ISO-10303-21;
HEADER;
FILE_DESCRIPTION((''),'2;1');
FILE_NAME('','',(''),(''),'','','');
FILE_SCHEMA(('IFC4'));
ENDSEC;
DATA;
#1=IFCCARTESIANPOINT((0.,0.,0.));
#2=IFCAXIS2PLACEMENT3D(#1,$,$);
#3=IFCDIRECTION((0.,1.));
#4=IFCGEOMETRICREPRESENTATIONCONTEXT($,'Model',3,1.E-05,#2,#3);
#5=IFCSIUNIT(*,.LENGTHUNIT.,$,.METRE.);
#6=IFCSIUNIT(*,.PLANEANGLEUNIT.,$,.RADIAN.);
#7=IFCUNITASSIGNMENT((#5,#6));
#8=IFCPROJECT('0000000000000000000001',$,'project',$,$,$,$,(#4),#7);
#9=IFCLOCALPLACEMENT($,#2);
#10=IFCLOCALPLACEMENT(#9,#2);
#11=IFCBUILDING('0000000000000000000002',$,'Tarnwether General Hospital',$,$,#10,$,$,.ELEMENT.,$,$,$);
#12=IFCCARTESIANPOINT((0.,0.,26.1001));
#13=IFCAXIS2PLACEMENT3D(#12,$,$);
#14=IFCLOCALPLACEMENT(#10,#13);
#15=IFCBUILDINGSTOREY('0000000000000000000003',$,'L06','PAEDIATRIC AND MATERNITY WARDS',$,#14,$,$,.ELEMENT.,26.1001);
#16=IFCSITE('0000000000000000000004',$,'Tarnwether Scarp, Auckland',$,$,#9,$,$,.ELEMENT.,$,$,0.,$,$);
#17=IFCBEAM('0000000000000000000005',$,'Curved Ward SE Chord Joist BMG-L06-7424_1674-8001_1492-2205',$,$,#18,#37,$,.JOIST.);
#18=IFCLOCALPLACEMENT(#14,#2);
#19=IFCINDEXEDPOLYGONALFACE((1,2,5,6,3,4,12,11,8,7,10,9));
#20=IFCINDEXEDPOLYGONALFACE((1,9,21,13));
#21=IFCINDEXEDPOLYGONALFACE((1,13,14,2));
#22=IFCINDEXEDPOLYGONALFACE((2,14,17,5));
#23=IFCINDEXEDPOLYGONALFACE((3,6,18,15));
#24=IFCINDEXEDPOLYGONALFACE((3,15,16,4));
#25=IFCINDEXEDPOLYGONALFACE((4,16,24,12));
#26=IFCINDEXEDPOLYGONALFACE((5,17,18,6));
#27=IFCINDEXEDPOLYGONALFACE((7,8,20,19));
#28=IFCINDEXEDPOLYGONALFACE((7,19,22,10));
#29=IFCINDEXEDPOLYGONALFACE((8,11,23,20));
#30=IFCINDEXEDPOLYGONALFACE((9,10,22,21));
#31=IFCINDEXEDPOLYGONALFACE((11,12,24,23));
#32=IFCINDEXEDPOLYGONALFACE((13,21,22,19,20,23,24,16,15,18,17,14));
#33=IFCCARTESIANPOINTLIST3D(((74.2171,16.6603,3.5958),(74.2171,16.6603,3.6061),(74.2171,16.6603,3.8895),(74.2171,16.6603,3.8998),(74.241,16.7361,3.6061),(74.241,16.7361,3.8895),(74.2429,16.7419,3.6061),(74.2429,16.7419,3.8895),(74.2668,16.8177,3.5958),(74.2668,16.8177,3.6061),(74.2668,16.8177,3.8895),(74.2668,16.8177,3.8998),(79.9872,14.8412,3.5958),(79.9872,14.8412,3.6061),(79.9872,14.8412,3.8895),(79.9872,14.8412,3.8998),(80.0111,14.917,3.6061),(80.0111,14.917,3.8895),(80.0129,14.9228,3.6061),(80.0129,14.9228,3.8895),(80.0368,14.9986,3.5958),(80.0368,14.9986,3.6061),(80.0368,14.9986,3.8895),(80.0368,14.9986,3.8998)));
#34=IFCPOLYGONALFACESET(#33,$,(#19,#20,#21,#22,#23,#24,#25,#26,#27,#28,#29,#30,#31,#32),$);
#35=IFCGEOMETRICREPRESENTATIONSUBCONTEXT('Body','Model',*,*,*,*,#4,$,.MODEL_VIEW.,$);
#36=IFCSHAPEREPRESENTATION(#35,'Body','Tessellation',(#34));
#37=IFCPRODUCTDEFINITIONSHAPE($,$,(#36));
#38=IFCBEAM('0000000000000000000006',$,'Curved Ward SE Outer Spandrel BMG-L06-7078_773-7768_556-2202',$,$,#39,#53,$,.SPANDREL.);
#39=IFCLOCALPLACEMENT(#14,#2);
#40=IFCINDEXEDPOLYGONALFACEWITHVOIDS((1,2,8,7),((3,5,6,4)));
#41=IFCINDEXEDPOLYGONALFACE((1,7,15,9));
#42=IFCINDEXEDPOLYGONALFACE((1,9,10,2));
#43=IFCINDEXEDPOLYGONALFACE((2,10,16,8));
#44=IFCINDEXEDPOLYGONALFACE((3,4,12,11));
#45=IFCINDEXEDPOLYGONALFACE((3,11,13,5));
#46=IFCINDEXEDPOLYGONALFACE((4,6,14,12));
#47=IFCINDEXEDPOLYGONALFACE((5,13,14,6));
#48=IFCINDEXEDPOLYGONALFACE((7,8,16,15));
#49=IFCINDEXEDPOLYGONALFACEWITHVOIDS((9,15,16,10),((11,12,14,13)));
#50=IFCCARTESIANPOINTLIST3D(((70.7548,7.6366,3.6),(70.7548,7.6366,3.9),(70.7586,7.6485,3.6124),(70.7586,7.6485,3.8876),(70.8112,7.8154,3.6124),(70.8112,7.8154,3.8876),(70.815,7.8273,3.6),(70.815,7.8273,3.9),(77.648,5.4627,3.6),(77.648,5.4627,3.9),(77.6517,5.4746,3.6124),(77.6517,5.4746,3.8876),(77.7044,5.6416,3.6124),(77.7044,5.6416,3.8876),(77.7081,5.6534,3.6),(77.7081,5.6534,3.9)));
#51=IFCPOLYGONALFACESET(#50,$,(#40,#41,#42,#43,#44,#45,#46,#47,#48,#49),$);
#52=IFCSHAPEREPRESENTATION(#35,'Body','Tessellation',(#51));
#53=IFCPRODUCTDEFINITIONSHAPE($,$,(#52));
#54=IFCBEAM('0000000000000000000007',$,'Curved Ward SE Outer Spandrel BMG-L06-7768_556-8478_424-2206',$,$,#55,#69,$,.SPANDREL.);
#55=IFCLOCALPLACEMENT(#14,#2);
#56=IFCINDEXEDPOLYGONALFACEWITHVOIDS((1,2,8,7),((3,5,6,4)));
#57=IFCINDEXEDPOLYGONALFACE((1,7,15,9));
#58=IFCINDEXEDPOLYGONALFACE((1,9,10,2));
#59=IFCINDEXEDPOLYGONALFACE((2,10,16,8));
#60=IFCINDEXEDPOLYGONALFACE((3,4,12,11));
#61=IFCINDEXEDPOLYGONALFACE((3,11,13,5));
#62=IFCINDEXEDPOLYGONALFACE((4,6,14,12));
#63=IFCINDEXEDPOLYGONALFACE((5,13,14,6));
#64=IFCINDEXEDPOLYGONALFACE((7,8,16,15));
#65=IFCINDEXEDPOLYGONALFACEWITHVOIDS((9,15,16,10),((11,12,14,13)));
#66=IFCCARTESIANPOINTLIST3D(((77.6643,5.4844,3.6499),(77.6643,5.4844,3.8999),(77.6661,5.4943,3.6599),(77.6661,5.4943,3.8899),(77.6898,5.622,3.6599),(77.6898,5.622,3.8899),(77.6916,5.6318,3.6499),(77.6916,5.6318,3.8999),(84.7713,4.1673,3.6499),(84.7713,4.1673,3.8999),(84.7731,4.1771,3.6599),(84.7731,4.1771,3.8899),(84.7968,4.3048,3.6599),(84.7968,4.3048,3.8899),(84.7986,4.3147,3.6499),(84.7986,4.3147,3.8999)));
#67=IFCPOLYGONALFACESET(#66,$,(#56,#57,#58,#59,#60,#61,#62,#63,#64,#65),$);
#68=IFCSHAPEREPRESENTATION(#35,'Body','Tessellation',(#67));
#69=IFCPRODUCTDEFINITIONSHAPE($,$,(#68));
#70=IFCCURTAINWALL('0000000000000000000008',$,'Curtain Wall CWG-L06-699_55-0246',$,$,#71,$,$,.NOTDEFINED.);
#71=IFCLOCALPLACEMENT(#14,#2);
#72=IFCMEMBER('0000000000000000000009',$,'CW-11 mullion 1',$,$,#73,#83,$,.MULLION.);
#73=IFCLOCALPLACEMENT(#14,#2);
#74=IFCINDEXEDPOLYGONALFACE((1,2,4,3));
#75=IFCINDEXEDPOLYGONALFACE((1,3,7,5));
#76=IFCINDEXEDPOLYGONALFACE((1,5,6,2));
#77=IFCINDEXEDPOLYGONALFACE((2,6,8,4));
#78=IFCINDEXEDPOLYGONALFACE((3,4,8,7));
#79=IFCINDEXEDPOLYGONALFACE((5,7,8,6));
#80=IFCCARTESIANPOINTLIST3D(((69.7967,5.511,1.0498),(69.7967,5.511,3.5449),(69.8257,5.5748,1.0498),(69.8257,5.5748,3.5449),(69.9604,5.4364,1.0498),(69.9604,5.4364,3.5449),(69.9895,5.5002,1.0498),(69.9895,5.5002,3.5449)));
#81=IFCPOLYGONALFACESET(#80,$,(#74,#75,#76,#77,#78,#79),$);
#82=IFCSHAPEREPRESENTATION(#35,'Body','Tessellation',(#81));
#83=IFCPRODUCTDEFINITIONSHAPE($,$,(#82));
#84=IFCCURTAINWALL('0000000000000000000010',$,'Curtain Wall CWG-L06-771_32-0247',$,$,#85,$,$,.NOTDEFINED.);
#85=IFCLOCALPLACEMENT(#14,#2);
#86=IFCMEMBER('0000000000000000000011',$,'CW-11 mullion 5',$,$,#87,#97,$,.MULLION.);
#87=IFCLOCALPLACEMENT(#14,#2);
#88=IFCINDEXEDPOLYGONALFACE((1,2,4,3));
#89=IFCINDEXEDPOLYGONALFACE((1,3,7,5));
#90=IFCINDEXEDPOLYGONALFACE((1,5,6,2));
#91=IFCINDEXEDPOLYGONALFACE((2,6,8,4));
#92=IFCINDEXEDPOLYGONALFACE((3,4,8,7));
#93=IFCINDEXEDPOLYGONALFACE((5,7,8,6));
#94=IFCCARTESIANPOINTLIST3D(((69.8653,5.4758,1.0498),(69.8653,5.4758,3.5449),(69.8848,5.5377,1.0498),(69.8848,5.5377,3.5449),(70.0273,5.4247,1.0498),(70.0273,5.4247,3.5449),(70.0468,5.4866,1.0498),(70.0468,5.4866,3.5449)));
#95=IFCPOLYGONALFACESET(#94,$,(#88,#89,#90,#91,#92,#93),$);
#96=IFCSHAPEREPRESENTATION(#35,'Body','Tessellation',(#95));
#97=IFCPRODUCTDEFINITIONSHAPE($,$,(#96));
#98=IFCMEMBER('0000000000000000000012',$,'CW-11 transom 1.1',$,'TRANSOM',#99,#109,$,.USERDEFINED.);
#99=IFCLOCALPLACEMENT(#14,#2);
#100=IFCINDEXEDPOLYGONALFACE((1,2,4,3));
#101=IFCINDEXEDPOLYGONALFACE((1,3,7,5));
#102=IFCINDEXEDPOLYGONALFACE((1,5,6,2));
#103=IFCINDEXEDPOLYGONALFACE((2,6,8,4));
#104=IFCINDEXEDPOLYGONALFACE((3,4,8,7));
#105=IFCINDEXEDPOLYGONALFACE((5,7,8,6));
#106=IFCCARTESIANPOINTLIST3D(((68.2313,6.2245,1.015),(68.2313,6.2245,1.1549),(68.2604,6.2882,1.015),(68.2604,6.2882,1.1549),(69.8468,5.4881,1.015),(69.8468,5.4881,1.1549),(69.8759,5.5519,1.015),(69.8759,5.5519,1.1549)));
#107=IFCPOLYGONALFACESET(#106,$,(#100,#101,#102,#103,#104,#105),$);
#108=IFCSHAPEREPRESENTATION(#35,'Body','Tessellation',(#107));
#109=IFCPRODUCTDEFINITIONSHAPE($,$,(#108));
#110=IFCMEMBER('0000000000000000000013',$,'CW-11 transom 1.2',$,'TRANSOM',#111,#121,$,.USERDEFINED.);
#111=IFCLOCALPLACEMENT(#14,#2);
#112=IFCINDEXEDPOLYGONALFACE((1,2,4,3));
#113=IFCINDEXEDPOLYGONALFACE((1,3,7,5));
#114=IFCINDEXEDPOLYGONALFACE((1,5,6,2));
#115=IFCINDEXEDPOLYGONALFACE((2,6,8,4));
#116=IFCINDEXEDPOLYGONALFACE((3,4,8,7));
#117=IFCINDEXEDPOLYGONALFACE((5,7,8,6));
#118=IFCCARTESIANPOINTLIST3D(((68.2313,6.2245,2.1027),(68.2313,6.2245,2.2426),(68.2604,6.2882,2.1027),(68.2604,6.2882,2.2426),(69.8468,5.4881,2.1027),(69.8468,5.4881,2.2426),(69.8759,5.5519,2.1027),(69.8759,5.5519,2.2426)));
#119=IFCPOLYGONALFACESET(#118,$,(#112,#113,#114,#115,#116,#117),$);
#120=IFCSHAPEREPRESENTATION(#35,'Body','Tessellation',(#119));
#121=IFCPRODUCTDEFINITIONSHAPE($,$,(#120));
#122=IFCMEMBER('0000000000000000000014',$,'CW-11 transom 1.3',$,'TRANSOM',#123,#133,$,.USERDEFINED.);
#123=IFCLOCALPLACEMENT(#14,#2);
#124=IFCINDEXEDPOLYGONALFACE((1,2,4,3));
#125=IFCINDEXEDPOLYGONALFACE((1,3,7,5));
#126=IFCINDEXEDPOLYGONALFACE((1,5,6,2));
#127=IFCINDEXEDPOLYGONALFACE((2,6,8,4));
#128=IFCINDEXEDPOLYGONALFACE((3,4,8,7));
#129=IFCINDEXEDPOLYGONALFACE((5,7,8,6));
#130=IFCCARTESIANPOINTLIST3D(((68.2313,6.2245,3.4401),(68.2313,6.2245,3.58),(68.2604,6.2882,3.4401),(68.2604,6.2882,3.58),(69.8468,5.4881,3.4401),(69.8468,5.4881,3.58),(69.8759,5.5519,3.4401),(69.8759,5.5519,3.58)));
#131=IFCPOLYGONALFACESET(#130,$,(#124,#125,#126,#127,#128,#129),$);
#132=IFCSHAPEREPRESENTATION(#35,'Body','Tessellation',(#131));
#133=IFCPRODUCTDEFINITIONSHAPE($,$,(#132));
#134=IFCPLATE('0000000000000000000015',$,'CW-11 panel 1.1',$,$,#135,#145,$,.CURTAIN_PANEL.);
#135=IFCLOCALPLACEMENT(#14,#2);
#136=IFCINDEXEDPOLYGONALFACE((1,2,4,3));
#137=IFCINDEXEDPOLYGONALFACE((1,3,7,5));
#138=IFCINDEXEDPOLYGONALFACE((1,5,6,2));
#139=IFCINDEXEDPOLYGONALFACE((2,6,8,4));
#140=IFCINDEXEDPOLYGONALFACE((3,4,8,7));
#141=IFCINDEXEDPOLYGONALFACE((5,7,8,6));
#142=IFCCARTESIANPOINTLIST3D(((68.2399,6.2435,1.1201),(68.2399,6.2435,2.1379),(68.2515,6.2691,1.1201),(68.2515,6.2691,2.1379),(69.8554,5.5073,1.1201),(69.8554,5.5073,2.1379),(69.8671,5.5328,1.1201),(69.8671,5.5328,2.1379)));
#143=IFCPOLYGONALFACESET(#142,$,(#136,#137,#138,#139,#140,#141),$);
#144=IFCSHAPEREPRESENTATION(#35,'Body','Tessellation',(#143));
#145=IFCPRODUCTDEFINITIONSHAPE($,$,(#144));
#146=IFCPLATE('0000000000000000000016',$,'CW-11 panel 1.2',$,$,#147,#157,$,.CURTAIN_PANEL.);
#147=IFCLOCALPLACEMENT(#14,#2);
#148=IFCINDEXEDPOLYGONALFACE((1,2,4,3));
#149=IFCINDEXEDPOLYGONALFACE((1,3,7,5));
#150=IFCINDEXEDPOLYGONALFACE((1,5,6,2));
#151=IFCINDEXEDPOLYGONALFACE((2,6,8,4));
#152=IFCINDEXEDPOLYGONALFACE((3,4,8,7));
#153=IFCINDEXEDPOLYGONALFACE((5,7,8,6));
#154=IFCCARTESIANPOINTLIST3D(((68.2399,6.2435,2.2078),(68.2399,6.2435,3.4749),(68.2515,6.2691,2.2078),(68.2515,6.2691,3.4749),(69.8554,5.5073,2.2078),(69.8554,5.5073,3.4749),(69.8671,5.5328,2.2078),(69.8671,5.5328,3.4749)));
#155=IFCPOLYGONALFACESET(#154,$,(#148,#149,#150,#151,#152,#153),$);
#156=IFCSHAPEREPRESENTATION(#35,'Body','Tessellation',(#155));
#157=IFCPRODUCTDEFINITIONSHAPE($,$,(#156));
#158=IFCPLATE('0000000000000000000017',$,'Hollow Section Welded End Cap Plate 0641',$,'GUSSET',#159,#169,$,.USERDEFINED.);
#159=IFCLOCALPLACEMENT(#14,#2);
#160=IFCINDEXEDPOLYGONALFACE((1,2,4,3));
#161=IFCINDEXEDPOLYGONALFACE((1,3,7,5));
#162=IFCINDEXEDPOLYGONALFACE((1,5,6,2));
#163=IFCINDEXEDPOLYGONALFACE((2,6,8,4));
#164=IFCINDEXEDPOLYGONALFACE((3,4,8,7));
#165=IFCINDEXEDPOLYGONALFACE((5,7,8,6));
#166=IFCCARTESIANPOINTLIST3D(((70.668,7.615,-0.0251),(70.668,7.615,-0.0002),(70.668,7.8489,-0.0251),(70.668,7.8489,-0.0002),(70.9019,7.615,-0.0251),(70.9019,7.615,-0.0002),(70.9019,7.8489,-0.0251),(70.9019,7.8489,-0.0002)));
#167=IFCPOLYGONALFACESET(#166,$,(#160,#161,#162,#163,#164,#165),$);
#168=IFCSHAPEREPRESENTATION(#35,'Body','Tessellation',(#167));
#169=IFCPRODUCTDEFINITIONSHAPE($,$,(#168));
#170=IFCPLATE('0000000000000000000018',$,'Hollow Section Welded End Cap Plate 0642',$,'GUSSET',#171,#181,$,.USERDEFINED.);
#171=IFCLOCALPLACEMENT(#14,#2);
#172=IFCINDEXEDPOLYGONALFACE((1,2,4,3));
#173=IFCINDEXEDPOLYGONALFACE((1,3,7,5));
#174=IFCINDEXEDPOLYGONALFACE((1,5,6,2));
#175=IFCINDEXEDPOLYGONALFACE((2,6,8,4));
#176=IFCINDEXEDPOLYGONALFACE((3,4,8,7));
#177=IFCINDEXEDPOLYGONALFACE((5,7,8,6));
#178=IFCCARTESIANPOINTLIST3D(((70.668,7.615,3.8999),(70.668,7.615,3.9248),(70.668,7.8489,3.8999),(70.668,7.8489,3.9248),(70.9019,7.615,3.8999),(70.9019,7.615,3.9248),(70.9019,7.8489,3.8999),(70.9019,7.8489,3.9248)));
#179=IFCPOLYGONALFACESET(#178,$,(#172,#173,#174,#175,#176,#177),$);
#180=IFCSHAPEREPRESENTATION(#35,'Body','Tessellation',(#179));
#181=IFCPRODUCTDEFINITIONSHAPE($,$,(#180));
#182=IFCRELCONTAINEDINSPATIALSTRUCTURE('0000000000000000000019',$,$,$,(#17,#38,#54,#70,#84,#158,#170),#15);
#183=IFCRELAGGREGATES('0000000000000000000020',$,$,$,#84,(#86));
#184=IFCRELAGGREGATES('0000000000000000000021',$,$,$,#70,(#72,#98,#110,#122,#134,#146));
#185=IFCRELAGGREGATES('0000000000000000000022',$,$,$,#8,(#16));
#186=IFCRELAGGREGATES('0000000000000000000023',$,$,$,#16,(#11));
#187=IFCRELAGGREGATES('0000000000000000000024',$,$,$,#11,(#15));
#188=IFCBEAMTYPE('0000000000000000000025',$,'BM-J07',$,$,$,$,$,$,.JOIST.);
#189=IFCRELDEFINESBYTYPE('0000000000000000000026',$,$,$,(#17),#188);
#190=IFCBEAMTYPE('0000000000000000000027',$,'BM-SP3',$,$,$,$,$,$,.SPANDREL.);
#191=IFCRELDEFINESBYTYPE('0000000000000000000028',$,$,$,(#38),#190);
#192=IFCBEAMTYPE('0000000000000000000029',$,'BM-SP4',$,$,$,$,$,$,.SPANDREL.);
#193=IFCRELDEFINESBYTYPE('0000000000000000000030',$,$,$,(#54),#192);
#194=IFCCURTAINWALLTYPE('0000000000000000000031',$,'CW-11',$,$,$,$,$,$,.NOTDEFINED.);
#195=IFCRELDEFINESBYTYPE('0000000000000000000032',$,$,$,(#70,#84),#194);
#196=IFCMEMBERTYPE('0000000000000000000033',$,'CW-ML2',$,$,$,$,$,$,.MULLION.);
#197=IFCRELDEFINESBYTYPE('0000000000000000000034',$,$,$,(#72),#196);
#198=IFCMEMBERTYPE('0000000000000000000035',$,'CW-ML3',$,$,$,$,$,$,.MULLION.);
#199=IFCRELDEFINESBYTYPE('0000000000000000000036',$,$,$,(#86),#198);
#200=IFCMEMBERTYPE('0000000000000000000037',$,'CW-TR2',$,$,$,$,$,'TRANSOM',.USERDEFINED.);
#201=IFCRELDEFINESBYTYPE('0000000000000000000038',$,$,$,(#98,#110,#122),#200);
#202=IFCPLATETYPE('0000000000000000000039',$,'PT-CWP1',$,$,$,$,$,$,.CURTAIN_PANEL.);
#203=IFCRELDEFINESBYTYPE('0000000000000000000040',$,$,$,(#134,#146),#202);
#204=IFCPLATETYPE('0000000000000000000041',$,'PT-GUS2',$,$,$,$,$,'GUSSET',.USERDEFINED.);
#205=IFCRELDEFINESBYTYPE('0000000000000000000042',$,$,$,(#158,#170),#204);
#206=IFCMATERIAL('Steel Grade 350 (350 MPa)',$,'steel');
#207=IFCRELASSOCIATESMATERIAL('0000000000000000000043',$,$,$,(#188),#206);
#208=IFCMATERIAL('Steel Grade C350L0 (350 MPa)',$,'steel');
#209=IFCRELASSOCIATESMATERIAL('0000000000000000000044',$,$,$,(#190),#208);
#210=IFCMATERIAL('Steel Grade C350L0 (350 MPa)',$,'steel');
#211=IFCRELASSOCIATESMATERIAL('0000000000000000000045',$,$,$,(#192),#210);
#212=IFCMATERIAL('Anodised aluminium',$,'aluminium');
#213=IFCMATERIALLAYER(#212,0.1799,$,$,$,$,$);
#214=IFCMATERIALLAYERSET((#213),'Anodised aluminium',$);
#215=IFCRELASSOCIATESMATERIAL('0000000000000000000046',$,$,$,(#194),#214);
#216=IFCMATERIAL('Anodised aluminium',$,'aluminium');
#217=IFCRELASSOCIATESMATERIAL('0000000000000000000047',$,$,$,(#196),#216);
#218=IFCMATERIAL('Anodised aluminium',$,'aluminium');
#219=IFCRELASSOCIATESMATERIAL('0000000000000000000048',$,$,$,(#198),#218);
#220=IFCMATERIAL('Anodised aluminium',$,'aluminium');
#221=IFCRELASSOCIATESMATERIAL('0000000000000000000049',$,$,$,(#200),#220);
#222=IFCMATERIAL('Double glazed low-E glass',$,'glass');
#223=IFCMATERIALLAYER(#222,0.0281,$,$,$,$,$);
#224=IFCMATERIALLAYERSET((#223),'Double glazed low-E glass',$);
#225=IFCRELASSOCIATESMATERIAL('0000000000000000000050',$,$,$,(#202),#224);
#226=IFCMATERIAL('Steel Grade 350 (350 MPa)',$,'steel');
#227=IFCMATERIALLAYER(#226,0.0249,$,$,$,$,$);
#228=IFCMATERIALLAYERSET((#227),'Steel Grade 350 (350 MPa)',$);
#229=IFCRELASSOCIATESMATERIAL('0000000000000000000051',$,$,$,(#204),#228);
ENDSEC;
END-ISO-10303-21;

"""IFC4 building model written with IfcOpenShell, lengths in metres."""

from ifc_helpers import new_model, si_unit, direction, frame, origin, origin_2d, place, context, subcontext, project, spatial, rectangle, hollow_rectangle, i_section, extrude, material, layer, layer_set, material_profile, profile_set, type_object, element, aggregate, save


model = new_model("IFC4")

# Units and contexts
model_context = context("Model", 3, precision=1e-05, world=origin(), true_north=direction((0.0, 1.0)))
body_context = subcontext(model_context, "Body", "Model", "MODEL_VIEW")
ifc_project = project(units=[si_unit("LENGTHUNIT", "METRE"), si_unit("PLANEANGLEUNIT", "RADIAN")], contexts=[model_context])

# Site, building, storey
site_placement = place(None, origin())
site = spatial("IfcSite", under=ifc_project, at=site_placement, Name="Tarnwether Scarp, Auckland", CompositionType="ELEMENT", RefElevation=0.0)
building_placement = place(site_placement, origin())
building = spatial("IfcBuilding", under=site, at=building_placement, Name="Tarnwether General Hospital", CompositionType="ELEMENT")
storey_placement = place(building_placement, frame((0.0, 0.0, 26.1001)))
storey = spatial("IfcBuildingStorey", under=building, at=storey_placement, Name="L06", Description="PAEDIATRIC AND MATERNITY WARDS", CompositionType="ELEMENT", Elevation=26.1001)

# Beams
ifc_material_1 = material(Name="Steel Grade 350 (350 MPa)", Category="steel")
ifc_material_profile_1 = material_profile(ifc_material_1, i_section(OverallWidth=0.165, OverallDepth=0.304, WebThickness=0.0061, FlangeThickness=0.0103, at=origin_2d()), Name="310UB40.4")
ifc_profile_set_1 = profile_set([ifc_material_profile_1], Name="Steel Grade 350 (350 MPa)")
beam_type_1 = type_object("IfcBeamType", Name="BM-J07", PredefinedType="JOIST", material=ifc_profile_set_1)
beam_1_placement = place(storey_placement, frame((74.2419, 16.739, 3.7478), z_axis=(0.953726, -0.300677, 0.0), x_axis=(0.300677, 0.953726, 0.0)))
element("IfcBeam", 1, at=beam_1_placement, inside=storey, type_object=beam_type_1, Name="Curved Ward SE Chord Joist BMG-L06-7424_1674-8001_1492-2205", PredefinedType="JOIST", context=body_context, shape_type="SweptSolid", body=[
    extrude(i_section(OverallWidth=0.165, OverallDepth=0.304, WebThickness=0.0061, FlangeThickness=0.0103, at=origin_2d()), origin(), (0.0, 0.0, 1.0), 6.05),
])
ifc_material_2 = material(Name="Steel Grade C350L0 (350 MPa)", Category="steel")
ifc_material_profile_2 = material_profile(ifc_material_2, hollow_rectangle(XDim=0.2, YDim=0.3, WallThickness=0.0125, at=origin_2d()), Name="RHS300x200x12.5")
ifc_profile_set_2 = profile_set([ifc_material_profile_2], Name="Steel Grade C350L0 (350 MPa)")
beam_type_2 = type_object("IfcBeamType", Name="BM-SP3", PredefinedType="SPANDREL", material=ifc_profile_set_2)
beam_2_placement = place(storey_placement, frame((70.7849, 7.7319, 3.75), z_axis=(0.953699, -0.300763, 0.0), x_axis=(0.300763, 0.953699, 0.0)))
element("IfcBeam", 2, at=beam_2_placement, inside=storey, type_object=beam_type_2, Name="Curved Ward SE Outer Spandrel BMG-L06-7078_773-7768_556-2202", PredefinedType="SPANDREL", context=body_context, shape_type="SweptSolid", body=[
    extrude(hollow_rectangle(XDim=0.2, YDim=0.3, WallThickness=0.0125, at=origin_2d()), origin(), (0.0, 0.0, 1.0), 7.2278),
])
ifc_material_3 = material(Name="Steel Grade C350L0 (350 MPa)", Category="steel")
ifc_material_profile_3 = material_profile(ifc_material_3, hollow_rectangle(XDim=0.1499, YDim=0.25, WallThickness=0.01, at=origin_2d()), Name="RHS250x150x10")
ifc_profile_set_3 = profile_set([ifc_material_profile_3], Name="Steel Grade C350L0 (350 MPa)")
beam_type_3 = type_object("IfcBeamType", Name="BM-SP4", PredefinedType="SPANDREL", material=ifc_profile_set_3)
beam_3_placement = place(storey_placement, frame((77.678, 5.5581, 3.7749), z_axis=(0.983256, -0.182228, 0.0), x_axis=(0.182228, 0.983256, 0.0)))
element("IfcBeam", 3, at=beam_3_placement, inside=storey, type_object=beam_type_3, Name="Curved Ward SE Outer Spandrel BMG-L06-7768_556-8478_424-2206", PredefinedType="SPANDREL", context=body_context, shape_type="SweptSolid", body=[
    extrude(hollow_rectangle(XDim=0.1499, YDim=0.25, WallThickness=0.01, at=origin_2d()), origin(), (0.0, 0.0, 1.0), 7.228),
])

# Curtain walls, members
ifc_material_4 = material(Name="Anodised aluminium", Category="aluminium")
ifc_layer_1 = layer(ifc_material_4, 0.1799)
ifc_layer_set_1 = layer_set([ifc_layer_1], Name="Anodised aluminium")
curtain_wall_type = type_object("IfcCurtainWallType", Name="CW-11", PredefinedType="NOTDEFINED", material=ifc_layer_set_1)
curtain_wall_1_placement = place(storey_placement, origin())
curtain_wall_1 = element("IfcCurtainWall", 4, at=curtain_wall_1_placement, inside=storey, type_object=curtain_wall_type, Name="Curtain Wall CWG-L06-699_55-0246", PredefinedType="NOTDEFINED")
ifc_material_5 = material(Name="Anodised aluminium", Category="aluminium")
ifc_material_profile_4 = material_profile(ifc_material_5, rectangle(XDim=0.0701, YDim=0.1799, at=origin_2d()), Name="ALU-MUL-70x180")
ifc_profile_set_4 = profile_set([ifc_material_profile_4], Name="Anodised aluminium")
member_type_1 = type_object("IfcMemberType", Name="CW-ML2", PredefinedType="MULLION", material=ifc_profile_set_4)
member_1_placement = place(storey_placement, frame((69.8931, 5.5056, 1.0498), z_axis=(0.0, 0.0, 1.0), x_axis=(-0.414694, -0.909961, 0.0)))
member_1 = element("IfcMember", 5, at=member_1_placement, type_object=member_type_1, Name="CW-11 mullion 1", PredefinedType="MULLION", context=body_context, shape_type="SweptSolid", body=[
    extrude(rectangle(XDim=0.0701, YDim=0.1799, at=origin_2d()), origin(), (0.0, 0.0, 1.0), 2.4951),
])
curtain_wall_2_placement = place(storey_placement, origin())
curtain_wall_2 = element("IfcCurtainWall", 6, at=curtain_wall_2_placement, inside=storey, type_object=curtain_wall_type, Name="Curtain Wall CWG-L06-771_32-0247", PredefinedType="NOTDEFINED")
ifc_material_6 = material(Name="Anodised aluminium", Category="aluminium")
ifc_material_profile_5 = material_profile(ifc_material_6, rectangle(XDim=0.0649, YDim=0.1699, at=origin_2d()), Name="ALU-MUL-65x170")
ifc_profile_set_5 = profile_set([ifc_material_profile_5], Name="Anodised aluminium")
member_type_2 = type_object("IfcMemberType", Name="CW-ML3", PredefinedType="MULLION", material=ifc_profile_set_5)
member_2_placement = place(storey_placement, frame((69.9561, 5.4812, 1.0498), z_axis=(0.0, 0.0, 1.0), x_axis=(-0.300629, -0.953741, 0.0)))
member_2 = element("IfcMember", 7, at=member_2_placement, type_object=member_type_2, Name="CW-11 mullion 5", PredefinedType="MULLION", context=body_context, shape_type="SweptSolid", body=[
    extrude(rectangle(XDim=0.0649, YDim=0.1699, at=origin_2d()), origin(), (0.0, 0.0, 1.0), 2.4951),
])
aggregate(curtain_wall_2, [member_2])

# Members
ifc_material_7 = material(Name="Anodised aluminium", Category="aluminium")
ifc_material_profile_6 = material_profile(ifc_material_7, rectangle(XDim=0.0701, YDim=0.1399, at=origin_2d()), Name="ALU-TRN-70x140")
ifc_profile_set_6 = profile_set([ifc_material_profile_6], Name="Anodised aluminium")
member_type_3 = type_object("IfcMemberType", Name="CW-TR2", ElementType="TRANSOM", PredefinedType="USERDEFINED", material=ifc_profile_set_6)
member_3_placement = place(storey_placement, frame((69.8613, 5.52, 1.085), z_axis=(-0.909937, 0.414746, 0.0), x_axis=(-0.414746, -0.909937, 0.0)))
member_3 = element("IfcMember", 8, at=member_3_placement, type_object=member_type_3, Name="CW-11 transom 1.1", ObjectType="TRANSOM", PredefinedType="USERDEFINED", context=body_context, shape_type="SweptSolid", body=[
    extrude(rectangle(XDim=0.0701, YDim=0.1399, at=origin_2d()), origin(), (0.0, 0.0, 1.0), 1.7754),
])
member_4_placement = place(storey_placement, frame((69.8613, 5.52, 2.1726), z_axis=(-0.909937, 0.414746, 0.0), x_axis=(-0.414746, -0.909937, 0.0)))
member_4 = element("IfcMember", 9, at=member_4_placement, type_object=member_type_3, Name="CW-11 transom 1.2", ObjectType="TRANSOM", PredefinedType="USERDEFINED", context=body_context, shape_type="SweptSolid", body=[
    extrude(rectangle(XDim=0.0701, YDim=0.1399, at=origin_2d()), origin(), (0.0, 0.0, 1.0), 1.7754),
])
member_5_placement = place(storey_placement, frame((69.8613, 5.52, 3.51), z_axis=(-0.909937, 0.414746, 0.0), x_axis=(-0.414746, -0.909937, 0.0)))
member_5 = element("IfcMember", 10, at=member_5_placement, type_object=member_type_3, Name="CW-11 transom 1.3", ObjectType="TRANSOM", PredefinedType="USERDEFINED", context=body_context, shape_type="SweptSolid", body=[
    extrude(rectangle(XDim=0.0701, YDim=0.1399, at=origin_2d()), origin(), (0.0, 0.0, 1.0), 1.7754),
])

# Plates
ifc_material_8 = material(Name="Double glazed low-E glass", Category="glass")
ifc_layer_2 = layer(ifc_material_8, 0.0281)
ifc_layer_set_2 = layer_set([ifc_layer_2], Name="Double glazed low-E glass")
plate_type_1 = type_object("IfcPlateType", Name="PT-CWP1", PredefinedType="CURTAIN_PANEL", material=ifc_layer_set_2)
plate_1_placement = place(storey_placement, frame((69.0535, 5.8882, 1.1201), z_axis=(0.0, 0.0, 1.0), x_axis=(-0.909961, 0.414694, 0.0)))
plate_1 = element("IfcPlate", 11, at=plate_1_placement, type_object=plate_type_1, Name="CW-11 panel 1.1", PredefinedType="CURTAIN_PANEL", context=body_context, shape_type="SweptSolid", body=[
    extrude(rectangle(XDim=1.7754, YDim=0.0281, at=origin_2d()), origin(), (0.0, 0.0, 1.0), 1.0178),
])
plate_2_placement = place(storey_placement, frame((69.0535, 5.8882, 2.2078), z_axis=(0.0, 0.0, 1.0), x_axis=(-0.909961, 0.414694, 0.0)))
plate_2 = element("IfcPlate", 12, at=plate_2_placement, type_object=plate_type_1, Name="CW-11 panel 1.2", PredefinedType="CURTAIN_PANEL", context=body_context, shape_type="SweptSolid", body=[
    extrude(rectangle(XDim=1.7754, YDim=0.0281, at=origin_2d()), origin(), (0.0, 0.0, 1.0), 1.2671),
])
aggregate(curtain_wall_1, [member_1, member_3, member_4, member_5, plate_1, plate_2])

# Plates
ifc_material_9 = material(Name="Steel Grade 350 (350 MPa)", Category="steel")
ifc_layer_3 = layer(ifc_material_9, 0.0249)
ifc_layer_set_3 = layer_set([ifc_layer_3], Name="Steel Grade 350 (350 MPa)")
plate_type_2 = type_object("IfcPlateType", Name="PT-GUS2", ElementType="GUSSET", PredefinedType="USERDEFINED", material=ifc_layer_set_3)
for number, where, z_axis, x_axis, name in (
    (13, (70.7849, 7.7319, -0.0251), (0.0, 0.0, 1.0), (1.0, 0.0, 0.0), "Hollow Section Welded End Cap Plate 0641"),
    (14, (70.7849, 7.7319, 3.8999), (0.0, 0.0, 1.0), (1.0, 0.0, 0.0), "Hollow Section Welded End Cap Plate 0642"),
):
    element("IfcPlate", number, at=place(storey_placement, frame(where, z_axis=z_axis, x_axis=x_axis)), inside=storey, type_object=plate_type_2, Name=name, ObjectType="GUSSET", PredefinedType="USERDEFINED", context=body_context, shape_type="SweptSolid", body=[
        extrude(rectangle(XDim=0.2339, YDim=0.2339, at=origin_2d()), origin(), (0.0, 0.0, 1.0), 0.0249),
    ])

save(model, "model.ifc")
